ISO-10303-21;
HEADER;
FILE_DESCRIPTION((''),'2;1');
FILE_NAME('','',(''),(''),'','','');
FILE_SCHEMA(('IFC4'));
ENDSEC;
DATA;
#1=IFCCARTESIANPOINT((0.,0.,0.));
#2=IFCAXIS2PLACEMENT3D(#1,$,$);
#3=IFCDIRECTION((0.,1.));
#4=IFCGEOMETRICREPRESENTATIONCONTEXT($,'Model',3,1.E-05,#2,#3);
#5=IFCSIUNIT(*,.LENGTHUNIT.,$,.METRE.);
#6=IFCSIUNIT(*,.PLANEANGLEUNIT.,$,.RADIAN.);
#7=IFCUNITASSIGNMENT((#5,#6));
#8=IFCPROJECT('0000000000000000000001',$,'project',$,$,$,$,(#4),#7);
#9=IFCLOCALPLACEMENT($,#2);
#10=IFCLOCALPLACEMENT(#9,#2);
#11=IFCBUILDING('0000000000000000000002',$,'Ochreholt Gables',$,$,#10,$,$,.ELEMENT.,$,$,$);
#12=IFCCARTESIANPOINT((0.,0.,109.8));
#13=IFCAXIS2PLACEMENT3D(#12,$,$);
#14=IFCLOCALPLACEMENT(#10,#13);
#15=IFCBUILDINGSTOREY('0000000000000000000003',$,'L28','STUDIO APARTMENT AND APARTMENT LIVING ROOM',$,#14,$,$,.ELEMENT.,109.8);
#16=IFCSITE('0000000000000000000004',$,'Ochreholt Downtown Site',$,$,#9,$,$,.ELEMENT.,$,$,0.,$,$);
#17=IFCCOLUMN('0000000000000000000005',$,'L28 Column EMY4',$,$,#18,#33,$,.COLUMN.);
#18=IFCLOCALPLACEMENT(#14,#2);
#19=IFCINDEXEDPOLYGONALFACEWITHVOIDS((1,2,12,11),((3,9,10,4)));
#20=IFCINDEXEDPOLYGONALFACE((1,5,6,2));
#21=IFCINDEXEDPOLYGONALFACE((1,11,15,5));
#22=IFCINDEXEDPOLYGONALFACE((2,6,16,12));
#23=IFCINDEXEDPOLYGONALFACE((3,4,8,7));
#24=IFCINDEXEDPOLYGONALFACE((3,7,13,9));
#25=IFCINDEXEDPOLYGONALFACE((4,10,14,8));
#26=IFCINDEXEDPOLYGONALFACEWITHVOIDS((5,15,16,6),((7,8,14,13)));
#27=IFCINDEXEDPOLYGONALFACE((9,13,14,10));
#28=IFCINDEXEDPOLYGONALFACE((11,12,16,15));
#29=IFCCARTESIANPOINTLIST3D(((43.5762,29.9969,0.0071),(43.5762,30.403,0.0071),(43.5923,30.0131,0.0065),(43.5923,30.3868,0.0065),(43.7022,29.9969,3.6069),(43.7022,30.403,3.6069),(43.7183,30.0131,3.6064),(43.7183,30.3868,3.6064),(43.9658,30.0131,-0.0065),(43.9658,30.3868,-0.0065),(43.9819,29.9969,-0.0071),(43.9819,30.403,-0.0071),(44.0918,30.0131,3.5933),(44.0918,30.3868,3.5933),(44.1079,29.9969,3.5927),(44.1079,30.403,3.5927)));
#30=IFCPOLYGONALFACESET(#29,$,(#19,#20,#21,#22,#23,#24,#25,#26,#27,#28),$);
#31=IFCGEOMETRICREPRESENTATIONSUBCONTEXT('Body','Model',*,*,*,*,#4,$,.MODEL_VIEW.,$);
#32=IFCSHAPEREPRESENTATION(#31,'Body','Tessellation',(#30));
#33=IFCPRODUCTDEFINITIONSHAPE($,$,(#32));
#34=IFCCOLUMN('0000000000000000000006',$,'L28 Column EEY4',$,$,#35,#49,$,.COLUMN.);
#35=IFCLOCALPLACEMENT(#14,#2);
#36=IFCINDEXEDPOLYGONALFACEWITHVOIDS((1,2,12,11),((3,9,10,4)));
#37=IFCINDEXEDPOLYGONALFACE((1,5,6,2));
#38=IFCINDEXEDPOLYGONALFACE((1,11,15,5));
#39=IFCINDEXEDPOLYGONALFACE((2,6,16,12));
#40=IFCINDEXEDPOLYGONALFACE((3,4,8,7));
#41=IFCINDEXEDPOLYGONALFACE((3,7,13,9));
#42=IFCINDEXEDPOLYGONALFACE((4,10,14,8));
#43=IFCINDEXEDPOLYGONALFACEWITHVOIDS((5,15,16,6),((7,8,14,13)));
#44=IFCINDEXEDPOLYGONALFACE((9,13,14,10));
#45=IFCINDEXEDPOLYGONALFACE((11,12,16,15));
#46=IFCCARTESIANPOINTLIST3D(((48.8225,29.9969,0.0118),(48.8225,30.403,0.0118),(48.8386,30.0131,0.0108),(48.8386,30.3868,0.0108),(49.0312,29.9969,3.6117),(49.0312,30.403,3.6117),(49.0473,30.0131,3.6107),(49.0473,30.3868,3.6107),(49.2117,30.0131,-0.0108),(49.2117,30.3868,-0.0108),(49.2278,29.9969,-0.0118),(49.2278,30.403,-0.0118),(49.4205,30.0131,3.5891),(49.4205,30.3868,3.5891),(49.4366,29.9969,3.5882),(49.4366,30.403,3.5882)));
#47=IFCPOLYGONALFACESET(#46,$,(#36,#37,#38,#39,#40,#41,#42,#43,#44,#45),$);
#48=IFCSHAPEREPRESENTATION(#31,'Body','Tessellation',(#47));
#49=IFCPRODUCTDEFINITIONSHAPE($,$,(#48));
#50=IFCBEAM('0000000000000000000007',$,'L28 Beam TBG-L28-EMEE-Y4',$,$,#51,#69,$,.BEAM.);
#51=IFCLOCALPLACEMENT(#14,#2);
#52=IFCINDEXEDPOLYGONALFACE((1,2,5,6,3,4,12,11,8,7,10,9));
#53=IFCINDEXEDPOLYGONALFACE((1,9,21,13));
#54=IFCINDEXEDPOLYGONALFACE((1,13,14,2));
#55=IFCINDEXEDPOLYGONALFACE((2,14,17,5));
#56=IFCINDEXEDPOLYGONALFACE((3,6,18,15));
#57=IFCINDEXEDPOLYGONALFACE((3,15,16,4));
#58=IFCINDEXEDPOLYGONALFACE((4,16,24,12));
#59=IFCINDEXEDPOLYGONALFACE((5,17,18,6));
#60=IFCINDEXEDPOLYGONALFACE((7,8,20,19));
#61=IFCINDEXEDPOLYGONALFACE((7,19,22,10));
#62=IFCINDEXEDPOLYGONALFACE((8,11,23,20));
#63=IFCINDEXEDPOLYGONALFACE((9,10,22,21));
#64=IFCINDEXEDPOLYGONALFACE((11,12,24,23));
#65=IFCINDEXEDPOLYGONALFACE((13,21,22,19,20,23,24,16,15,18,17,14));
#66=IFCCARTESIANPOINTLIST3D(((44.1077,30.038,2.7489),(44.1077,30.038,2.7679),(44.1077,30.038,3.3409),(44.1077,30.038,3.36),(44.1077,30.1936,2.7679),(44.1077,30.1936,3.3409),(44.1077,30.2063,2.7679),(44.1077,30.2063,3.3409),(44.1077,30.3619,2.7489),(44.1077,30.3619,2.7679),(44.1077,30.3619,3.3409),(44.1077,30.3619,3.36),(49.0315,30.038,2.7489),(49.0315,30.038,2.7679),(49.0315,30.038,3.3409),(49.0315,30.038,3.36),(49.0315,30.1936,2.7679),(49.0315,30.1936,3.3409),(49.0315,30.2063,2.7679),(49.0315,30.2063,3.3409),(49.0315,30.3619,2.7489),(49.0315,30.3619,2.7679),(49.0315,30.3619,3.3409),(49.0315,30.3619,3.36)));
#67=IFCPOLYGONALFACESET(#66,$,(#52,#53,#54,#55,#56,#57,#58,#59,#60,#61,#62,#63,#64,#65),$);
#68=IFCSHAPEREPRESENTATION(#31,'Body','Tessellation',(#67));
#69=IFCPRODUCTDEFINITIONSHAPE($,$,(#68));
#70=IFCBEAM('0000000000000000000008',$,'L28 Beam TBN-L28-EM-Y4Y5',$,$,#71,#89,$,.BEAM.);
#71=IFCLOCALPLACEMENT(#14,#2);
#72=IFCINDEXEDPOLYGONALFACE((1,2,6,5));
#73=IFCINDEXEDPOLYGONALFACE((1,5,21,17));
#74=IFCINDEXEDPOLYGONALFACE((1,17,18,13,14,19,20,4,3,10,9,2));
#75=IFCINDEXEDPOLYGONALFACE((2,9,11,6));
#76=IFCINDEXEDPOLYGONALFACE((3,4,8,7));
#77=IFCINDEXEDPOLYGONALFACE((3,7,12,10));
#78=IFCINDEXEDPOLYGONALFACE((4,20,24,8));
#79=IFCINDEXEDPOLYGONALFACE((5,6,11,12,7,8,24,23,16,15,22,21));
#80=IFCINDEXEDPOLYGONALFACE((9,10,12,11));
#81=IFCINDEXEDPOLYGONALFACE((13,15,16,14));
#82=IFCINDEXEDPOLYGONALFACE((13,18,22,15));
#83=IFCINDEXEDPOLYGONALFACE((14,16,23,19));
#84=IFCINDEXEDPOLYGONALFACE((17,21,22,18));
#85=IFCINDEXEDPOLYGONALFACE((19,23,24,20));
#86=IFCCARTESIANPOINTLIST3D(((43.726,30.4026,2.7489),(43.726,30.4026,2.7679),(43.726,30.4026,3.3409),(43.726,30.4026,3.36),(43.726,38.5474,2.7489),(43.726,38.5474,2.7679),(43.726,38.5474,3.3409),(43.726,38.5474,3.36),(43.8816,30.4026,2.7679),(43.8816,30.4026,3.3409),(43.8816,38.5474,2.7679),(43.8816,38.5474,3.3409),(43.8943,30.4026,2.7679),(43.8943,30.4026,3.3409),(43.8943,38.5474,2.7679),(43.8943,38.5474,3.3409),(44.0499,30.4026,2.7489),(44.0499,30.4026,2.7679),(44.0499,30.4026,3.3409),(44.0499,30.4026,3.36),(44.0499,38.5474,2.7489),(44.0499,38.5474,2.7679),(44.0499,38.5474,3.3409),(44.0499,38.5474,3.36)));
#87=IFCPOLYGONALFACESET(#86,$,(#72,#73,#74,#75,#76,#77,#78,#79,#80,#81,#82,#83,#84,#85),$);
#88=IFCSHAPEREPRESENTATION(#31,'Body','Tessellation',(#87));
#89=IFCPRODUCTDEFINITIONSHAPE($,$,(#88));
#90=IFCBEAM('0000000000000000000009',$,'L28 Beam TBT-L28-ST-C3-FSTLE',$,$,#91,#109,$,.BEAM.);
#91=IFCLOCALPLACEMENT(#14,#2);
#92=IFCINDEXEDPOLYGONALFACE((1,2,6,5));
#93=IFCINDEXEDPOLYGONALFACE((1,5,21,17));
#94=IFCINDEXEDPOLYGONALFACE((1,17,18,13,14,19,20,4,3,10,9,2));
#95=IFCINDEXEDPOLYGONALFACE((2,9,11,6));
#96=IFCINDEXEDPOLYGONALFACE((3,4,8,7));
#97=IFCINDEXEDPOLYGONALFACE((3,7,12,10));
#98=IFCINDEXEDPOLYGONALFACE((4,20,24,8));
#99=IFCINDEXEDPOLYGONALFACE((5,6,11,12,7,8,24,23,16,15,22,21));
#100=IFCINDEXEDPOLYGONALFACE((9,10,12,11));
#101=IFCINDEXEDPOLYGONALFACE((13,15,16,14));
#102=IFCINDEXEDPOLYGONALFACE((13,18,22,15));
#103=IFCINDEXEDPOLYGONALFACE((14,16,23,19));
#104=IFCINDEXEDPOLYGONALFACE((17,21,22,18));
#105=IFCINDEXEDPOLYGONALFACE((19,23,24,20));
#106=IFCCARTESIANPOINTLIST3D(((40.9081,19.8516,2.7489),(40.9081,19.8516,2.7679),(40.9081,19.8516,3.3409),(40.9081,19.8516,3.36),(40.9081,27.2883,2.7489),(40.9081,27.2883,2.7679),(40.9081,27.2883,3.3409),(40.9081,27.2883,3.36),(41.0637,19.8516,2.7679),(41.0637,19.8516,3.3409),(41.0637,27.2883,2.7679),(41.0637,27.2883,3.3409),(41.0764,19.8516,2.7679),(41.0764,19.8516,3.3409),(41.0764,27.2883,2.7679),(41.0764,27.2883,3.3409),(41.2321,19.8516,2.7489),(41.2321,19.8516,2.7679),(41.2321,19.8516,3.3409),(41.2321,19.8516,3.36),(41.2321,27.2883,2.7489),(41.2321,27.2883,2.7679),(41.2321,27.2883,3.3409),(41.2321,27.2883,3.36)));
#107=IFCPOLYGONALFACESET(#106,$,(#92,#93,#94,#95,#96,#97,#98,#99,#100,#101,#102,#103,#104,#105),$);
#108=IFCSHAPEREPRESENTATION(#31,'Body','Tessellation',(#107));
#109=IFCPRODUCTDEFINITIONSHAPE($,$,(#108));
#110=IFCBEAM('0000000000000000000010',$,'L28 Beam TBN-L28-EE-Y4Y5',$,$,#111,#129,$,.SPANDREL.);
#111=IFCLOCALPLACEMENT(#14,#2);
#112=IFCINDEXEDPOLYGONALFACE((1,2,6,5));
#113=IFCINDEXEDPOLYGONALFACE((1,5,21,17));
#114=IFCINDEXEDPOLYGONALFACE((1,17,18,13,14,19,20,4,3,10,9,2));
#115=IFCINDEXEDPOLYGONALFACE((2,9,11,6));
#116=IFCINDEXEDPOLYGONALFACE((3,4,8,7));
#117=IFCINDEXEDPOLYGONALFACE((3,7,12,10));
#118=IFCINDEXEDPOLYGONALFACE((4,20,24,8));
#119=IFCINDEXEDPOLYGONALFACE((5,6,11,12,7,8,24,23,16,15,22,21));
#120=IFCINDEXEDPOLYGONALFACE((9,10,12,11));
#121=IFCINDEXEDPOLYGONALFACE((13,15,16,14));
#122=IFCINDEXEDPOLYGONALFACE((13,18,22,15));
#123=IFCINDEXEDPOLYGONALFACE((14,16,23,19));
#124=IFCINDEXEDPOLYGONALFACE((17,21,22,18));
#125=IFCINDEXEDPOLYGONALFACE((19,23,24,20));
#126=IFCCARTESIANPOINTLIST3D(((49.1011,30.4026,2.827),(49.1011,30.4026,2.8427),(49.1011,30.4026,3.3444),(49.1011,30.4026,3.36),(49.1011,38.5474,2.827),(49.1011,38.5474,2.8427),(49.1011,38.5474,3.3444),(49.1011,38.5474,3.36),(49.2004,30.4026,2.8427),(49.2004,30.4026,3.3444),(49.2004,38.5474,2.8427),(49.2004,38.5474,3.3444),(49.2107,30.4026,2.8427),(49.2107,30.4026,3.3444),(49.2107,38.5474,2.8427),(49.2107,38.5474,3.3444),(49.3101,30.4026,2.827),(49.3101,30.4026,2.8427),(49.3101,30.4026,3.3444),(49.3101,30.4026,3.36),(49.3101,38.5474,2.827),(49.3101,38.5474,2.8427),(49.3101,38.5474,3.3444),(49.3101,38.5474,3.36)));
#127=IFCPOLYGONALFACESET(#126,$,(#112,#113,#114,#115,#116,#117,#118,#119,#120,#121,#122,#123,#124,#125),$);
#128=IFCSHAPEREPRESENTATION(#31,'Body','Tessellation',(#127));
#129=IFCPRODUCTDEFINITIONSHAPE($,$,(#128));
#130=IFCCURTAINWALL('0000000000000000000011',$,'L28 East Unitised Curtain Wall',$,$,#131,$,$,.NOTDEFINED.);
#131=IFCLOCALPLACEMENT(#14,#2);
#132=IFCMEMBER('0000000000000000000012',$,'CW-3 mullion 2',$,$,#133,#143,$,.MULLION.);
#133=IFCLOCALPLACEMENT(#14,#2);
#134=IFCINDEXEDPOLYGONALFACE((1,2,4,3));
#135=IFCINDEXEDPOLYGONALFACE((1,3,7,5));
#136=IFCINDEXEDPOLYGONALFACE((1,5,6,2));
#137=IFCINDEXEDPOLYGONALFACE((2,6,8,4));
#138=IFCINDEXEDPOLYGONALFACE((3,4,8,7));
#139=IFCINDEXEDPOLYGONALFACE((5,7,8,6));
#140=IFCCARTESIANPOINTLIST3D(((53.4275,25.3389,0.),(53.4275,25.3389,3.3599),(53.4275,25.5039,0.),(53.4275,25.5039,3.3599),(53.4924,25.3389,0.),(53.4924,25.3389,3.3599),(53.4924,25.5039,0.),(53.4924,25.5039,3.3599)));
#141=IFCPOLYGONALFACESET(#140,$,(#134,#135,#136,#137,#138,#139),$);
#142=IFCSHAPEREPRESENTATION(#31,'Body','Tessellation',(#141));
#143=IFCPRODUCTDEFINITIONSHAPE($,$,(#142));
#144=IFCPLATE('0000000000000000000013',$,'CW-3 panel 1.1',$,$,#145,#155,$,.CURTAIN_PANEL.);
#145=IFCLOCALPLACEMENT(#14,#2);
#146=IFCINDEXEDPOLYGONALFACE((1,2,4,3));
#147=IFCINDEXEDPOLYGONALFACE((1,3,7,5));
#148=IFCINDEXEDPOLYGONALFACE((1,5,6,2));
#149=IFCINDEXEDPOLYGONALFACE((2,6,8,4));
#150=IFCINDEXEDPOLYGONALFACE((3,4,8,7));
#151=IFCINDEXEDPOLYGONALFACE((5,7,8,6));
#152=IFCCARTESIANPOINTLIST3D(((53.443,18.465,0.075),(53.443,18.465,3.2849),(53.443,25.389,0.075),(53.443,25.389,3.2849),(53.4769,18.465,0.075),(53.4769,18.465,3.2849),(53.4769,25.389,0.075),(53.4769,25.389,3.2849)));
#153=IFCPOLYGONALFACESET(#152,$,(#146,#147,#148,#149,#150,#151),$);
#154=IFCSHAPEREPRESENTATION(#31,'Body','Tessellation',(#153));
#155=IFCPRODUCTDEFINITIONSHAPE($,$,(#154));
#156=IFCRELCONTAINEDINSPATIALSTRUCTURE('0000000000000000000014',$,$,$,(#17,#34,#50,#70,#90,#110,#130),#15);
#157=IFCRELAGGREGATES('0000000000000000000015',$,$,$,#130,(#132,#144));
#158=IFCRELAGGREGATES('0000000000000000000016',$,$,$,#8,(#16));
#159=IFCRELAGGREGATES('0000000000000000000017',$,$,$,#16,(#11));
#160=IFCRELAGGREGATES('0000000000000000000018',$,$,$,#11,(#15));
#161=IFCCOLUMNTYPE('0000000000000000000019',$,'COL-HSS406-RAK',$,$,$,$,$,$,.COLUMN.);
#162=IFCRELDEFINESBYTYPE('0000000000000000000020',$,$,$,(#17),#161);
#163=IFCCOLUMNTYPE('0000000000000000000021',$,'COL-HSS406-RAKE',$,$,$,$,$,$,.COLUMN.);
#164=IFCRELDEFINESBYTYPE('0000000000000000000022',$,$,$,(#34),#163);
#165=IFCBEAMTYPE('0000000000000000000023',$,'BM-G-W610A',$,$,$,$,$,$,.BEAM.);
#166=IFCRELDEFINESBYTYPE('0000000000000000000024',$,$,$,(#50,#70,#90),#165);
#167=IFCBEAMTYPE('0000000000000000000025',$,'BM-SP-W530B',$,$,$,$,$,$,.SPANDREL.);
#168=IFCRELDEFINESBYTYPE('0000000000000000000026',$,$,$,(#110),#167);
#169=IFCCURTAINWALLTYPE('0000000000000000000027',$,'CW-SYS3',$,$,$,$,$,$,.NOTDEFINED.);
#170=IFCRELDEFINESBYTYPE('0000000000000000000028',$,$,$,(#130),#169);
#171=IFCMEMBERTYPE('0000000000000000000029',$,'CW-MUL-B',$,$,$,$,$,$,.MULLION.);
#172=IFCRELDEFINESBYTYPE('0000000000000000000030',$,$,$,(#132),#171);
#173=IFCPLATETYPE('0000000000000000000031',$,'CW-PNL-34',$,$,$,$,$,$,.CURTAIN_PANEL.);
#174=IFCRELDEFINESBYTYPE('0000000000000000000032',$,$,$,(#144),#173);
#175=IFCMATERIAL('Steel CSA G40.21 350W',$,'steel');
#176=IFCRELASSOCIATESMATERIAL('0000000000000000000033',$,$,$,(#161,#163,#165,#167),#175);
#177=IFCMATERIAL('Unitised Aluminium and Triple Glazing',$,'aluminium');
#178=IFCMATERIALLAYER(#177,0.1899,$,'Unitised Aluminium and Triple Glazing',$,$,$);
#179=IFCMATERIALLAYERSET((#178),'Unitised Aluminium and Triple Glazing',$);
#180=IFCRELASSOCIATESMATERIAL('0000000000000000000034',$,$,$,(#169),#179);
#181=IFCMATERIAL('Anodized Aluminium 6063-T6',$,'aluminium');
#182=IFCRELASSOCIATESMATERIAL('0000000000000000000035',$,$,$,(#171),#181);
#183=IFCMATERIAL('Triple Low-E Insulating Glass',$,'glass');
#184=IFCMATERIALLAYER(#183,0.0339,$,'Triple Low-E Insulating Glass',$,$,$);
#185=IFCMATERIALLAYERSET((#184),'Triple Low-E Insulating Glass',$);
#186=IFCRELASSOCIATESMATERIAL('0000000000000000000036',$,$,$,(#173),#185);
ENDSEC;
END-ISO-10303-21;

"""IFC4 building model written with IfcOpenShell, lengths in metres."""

from ifc_helpers import new_model, si_unit, direction, frame, origin, origin_2d, place, context, subcontext, project, spatial, rectangle, hollow_rectangle, i_section, extrude, material, layer, layer_set, material_profile, profile_set, type_object, element, aggregate, save


model = new_model("IFC4")

# Units and contexts
model_context = context("Model", 3, precision=1e-05, world=origin(), true_north=direction((0.0, 1.0)))
body_context = subcontext(model_context, "Body", "Model", "MODEL_VIEW")
ifc_project = project(units=[si_unit("LENGTHUNIT", "METRE"), si_unit("PLANEANGLEUNIT", "RADIAN")], contexts=[model_context])

# Site, building, storey
site_placement = place(None, origin())
site = spatial("IfcSite", under=ifc_project, at=site_placement, Name="Ochreholt Downtown Site", CompositionType="ELEMENT", RefElevation=0.0)
building_placement = place(site_placement, origin())
building = spatial("IfcBuilding", under=site, at=building_placement, Name="Ochreholt Gables", CompositionType="ELEMENT")
storey_placement = place(building_placement, frame((0.0, 0.0, 109.8)))
storey = spatial("IfcBuildingStorey", under=building, at=storey_placement, Name="L28", Description="STUDIO APARTMENT AND APARTMENT LIVING ROOM", CompositionType="ELEMENT", Elevation=109.8)

# Columns
ifc_material_1 = material(Name="Steel CSA G40.21 350W", Category="steel")
ifc_material_profile_1 = material_profile(ifc_material_1, hollow_rectangle(XDim=0.406, YDim=0.406, WallThickness=0.0161, at=origin_2d()), Name="HSS406X406X16")
ifc_profile_set_1 = profile_set([ifc_material_profile_1], Name="Steel CSA G40.21 350W")
column_type_1 = type_object("IfcColumnType", Name="COL-HSS406-RAK", PredefinedType="COLUMN", material=ifc_profile_set_1)
column_1_placement = place(storey_placement, frame((43.7791, 30.2, 0.0), z_axis=(0.034974, 0.0, 0.999388), x_axis=(0.0, 1.0, 0.0)))
element("IfcColumn", 1, at=column_1_placement, inside=storey, type_object=column_type_1, Name="L28 Column EMY4", PredefinedType="COLUMN", context=body_context, shape_type="SweptSolid", body=[
    extrude(hollow_rectangle(XDim=0.406, YDim=0.406, WallThickness=0.0161, at=origin_2d()), origin(), (0.0, 0.0, 1.0), 3.6021),
])
ifc_material_profile_2 = material_profile(ifc_material_1, hollow_rectangle(XDim=0.406, YDim=0.406, WallThickness=0.0161, at=origin_2d()), Name="HSS406X406X16")
ifc_profile_set_2 = profile_set([ifc_material_profile_2], Name="Steel CSA G40.21 350W")
column_type_2 = type_object("IfcColumnType", Name="COL-HSS406-RAKE", PredefinedType="COLUMN", material=ifc_profile_set_2)
column_2_placement = place(storey_placement, frame((49.0251, 30.2, 0.0), z_axis=(0.057889, 0.0, 0.998323), x_axis=(0.0, 1.0, 0.0)))
element("IfcColumn", 2, at=column_2_placement, inside=storey, type_object=column_type_2, Name="L28 Column EEY4", PredefinedType="COLUMN", context=body_context, shape_type="SweptSolid", body=[
    extrude(hollow_rectangle(XDim=0.406, YDim=0.406, WallThickness=0.0161, at=origin_2d()), origin(), (0.0, 0.0, 1.0), 3.606),
])

# Beams
ifc_material_profile_3 = material_profile(ifc_material_1, i_section(OverallWidth=0.324, OverallDepth=0.6111, WebThickness=0.0127, FlangeThickness=0.019, at=origin_2d()), Name="W610X155")
ifc_profile_set_3 = profile_set([ifc_material_profile_3], Name="Steel CSA G40.21 350W")
beam_type_1 = type_object("IfcBeamType", Name="BM-G-W610A", PredefinedType="BEAM", material=ifc_profile_set_3)
beam_1_placement = place(storey_placement, frame((44.1077, 30.2, 3.0544), z_axis=(1.0, 0.0, 0.0), x_axis=(0.0, 1.0, 0.0)))
element("IfcBeam", 3, at=beam_1_placement, inside=storey, type_object=beam_type_1, Name="L28 Beam TBG-L28-EMEE-Y4", PredefinedType="BEAM", context=body_context, shape_type="SweptSolid", body=[
    extrude(i_section(OverallWidth=0.324, OverallDepth=0.6111, WebThickness=0.0127, FlangeThickness=0.019, at=origin_2d()), origin(), (0.0, 0.0, 1.0), 4.9238),
])
beam_2_placement = place(storey_placement, frame((43.8879, 30.4026, 3.0544), z_axis=(0.0, 1.0, 0.0), x_axis=(-1.0, 0.0, 0.0)))
element("IfcBeam", 4, at=beam_2_placement, inside=storey, type_object=beam_type_1, Name="L28 Beam TBN-L28-EM-Y4Y5", PredefinedType="BEAM", context=body_context, shape_type="SweptSolid", body=[
    extrude(i_section(OverallWidth=0.324, OverallDepth=0.6111, WebThickness=0.0127, FlangeThickness=0.019, at=origin_2d()), origin(), (0.0, 0.0, 1.0), 8.1448),
])
beam_3_placement = place(storey_placement, frame((41.0701, 19.8516, 3.0544), z_axis=(0.0, 1.0, 0.0), x_axis=(-1.0, 0.0, 0.0)))
element("IfcBeam", 5, at=beam_3_placement, inside=storey, type_object=beam_type_1, Name="L28 Beam TBT-L28-ST-C3-FSTLE", PredefinedType="BEAM", context=body_context, shape_type="SweptSolid", body=[
    extrude(i_section(OverallWidth=0.324, OverallDepth=0.6111, WebThickness=0.0127, FlangeThickness=0.019, at=origin_2d()), origin(), (0.0, 0.0, 1.0), 7.4368),
])
ifc_material_profile_4 = material_profile(ifc_material_1, i_section(OverallWidth=0.209, OverallDepth=0.533, WebThickness=0.0103, FlangeThickness=0.0156, at=origin_2d()), Name="W530X92")
ifc_profile_set_4 = profile_set([ifc_material_profile_4], Name="Steel CSA G40.21 350W")
beam_type_2 = type_object("IfcBeamType", Name="BM-SP-W530B", PredefinedType="SPANDREL", material=ifc_profile_set_4)
beam_4_placement = place(storey_placement, frame((49.2056, 30.4026, 3.0935), z_axis=(0.0, 1.0, 0.0), x_axis=(-1.0, 0.0, 0.0)))
element("IfcBeam", 6, at=beam_4_placement, inside=storey, type_object=beam_type_2, Name="L28 Beam TBN-L28-EE-Y4Y5", PredefinedType="SPANDREL", context=body_context, shape_type="SweptSolid", body=[
    extrude(i_section(OverallWidth=0.209, OverallDepth=0.533, WebThickness=0.0103, FlangeThickness=0.0156, at=origin_2d()), origin(), (0.0, 0.0, 1.0), 8.1448),
])

# Curtain wall, member, plate
ifc_material_2 = material(Name="Unitised Aluminium and Triple Glazing", Category="aluminium")
ifc_layer_1 = layer(ifc_material_2, 0.1899, Name="Unitised Aluminium and Triple Glazing")
ifc_layer_set_1 = layer_set([ifc_layer_1], Name="Unitised Aluminium and Triple Glazing")
curtain_wall_type = type_object("IfcCurtainWallType", Name="CW-SYS3", PredefinedType="NOTDEFINED", material=ifc_layer_set_1)
curtain_wall_placement = place(storey_placement, origin())
curtain_wall = element("IfcCurtainWall", 7, at=curtain_wall_placement, inside=storey, type_object=curtain_wall_type, Name="L28 East Unitised Curtain Wall", PredefinedType="NOTDEFINED")
ifc_material_3 = material(Name="Anodized Aluminium 6063-T6", Category="aluminium")
ifc_material_profile_5 = material_profile(ifc_material_3, rectangle(XDim=0.0649, YDim=0.165, at=origin_2d()), Name="CWM65X165")
ifc_profile_set_5 = profile_set([ifc_material_profile_5], Name="Anodized Aluminium 6063-T6")
member_type = type_object("IfcMemberType", Name="CW-MUL-B", PredefinedType="MULLION", material=ifc_profile_set_5)
member_placement = place(storey_placement, frame((53.46, 25.4214, 0.0), z_axis=(0.0, 0.0, 1.0), x_axis=(-1.0, 0.0, 0.0)))
member = element("IfcMember", 8, at=member_placement, type_object=member_type, Name="CW-3 mullion 2", PredefinedType="MULLION", context=body_context, shape_type="SweptSolid", body=[
    extrude(rectangle(XDim=0.0649, YDim=0.165, at=origin_2d()), origin(), (0.0, 0.0, 1.0), 3.3599),
])
ifc_material_4 = material(Name="Triple Low-E Insulating Glass", Category="glass")
ifc_layer_2 = layer(ifc_material_4, 0.0339, Name="Triple Low-E Insulating Glass")
ifc_layer_set_2 = layer_set([ifc_layer_2], Name="Triple Low-E Insulating Glass")
plate_type = type_object("IfcPlateType", Name="CW-PNL-34", PredefinedType="CURTAIN_PANEL", material=ifc_layer_set_2)
plate_placement = place(storey_placement, frame((53.46, 21.927, 0.075), z_axis=(0.0, 0.0, 1.0), x_axis=(0.0, 1.0, 0.0)))
plate = element("IfcPlate", 9, at=plate_placement, type_object=plate_type, Name="CW-3 panel 1.1", PredefinedType="CURTAIN_PANEL", context=body_context, shape_type="SweptSolid", body=[
    extrude(rectangle(XDim=6.9241, YDim=0.0339, at=origin_2d()), origin(), (0.0, 0.0, 1.0), 3.21),
])
aggregate(curtain_wall, [member, plate])

save(model, "model.ifc")
